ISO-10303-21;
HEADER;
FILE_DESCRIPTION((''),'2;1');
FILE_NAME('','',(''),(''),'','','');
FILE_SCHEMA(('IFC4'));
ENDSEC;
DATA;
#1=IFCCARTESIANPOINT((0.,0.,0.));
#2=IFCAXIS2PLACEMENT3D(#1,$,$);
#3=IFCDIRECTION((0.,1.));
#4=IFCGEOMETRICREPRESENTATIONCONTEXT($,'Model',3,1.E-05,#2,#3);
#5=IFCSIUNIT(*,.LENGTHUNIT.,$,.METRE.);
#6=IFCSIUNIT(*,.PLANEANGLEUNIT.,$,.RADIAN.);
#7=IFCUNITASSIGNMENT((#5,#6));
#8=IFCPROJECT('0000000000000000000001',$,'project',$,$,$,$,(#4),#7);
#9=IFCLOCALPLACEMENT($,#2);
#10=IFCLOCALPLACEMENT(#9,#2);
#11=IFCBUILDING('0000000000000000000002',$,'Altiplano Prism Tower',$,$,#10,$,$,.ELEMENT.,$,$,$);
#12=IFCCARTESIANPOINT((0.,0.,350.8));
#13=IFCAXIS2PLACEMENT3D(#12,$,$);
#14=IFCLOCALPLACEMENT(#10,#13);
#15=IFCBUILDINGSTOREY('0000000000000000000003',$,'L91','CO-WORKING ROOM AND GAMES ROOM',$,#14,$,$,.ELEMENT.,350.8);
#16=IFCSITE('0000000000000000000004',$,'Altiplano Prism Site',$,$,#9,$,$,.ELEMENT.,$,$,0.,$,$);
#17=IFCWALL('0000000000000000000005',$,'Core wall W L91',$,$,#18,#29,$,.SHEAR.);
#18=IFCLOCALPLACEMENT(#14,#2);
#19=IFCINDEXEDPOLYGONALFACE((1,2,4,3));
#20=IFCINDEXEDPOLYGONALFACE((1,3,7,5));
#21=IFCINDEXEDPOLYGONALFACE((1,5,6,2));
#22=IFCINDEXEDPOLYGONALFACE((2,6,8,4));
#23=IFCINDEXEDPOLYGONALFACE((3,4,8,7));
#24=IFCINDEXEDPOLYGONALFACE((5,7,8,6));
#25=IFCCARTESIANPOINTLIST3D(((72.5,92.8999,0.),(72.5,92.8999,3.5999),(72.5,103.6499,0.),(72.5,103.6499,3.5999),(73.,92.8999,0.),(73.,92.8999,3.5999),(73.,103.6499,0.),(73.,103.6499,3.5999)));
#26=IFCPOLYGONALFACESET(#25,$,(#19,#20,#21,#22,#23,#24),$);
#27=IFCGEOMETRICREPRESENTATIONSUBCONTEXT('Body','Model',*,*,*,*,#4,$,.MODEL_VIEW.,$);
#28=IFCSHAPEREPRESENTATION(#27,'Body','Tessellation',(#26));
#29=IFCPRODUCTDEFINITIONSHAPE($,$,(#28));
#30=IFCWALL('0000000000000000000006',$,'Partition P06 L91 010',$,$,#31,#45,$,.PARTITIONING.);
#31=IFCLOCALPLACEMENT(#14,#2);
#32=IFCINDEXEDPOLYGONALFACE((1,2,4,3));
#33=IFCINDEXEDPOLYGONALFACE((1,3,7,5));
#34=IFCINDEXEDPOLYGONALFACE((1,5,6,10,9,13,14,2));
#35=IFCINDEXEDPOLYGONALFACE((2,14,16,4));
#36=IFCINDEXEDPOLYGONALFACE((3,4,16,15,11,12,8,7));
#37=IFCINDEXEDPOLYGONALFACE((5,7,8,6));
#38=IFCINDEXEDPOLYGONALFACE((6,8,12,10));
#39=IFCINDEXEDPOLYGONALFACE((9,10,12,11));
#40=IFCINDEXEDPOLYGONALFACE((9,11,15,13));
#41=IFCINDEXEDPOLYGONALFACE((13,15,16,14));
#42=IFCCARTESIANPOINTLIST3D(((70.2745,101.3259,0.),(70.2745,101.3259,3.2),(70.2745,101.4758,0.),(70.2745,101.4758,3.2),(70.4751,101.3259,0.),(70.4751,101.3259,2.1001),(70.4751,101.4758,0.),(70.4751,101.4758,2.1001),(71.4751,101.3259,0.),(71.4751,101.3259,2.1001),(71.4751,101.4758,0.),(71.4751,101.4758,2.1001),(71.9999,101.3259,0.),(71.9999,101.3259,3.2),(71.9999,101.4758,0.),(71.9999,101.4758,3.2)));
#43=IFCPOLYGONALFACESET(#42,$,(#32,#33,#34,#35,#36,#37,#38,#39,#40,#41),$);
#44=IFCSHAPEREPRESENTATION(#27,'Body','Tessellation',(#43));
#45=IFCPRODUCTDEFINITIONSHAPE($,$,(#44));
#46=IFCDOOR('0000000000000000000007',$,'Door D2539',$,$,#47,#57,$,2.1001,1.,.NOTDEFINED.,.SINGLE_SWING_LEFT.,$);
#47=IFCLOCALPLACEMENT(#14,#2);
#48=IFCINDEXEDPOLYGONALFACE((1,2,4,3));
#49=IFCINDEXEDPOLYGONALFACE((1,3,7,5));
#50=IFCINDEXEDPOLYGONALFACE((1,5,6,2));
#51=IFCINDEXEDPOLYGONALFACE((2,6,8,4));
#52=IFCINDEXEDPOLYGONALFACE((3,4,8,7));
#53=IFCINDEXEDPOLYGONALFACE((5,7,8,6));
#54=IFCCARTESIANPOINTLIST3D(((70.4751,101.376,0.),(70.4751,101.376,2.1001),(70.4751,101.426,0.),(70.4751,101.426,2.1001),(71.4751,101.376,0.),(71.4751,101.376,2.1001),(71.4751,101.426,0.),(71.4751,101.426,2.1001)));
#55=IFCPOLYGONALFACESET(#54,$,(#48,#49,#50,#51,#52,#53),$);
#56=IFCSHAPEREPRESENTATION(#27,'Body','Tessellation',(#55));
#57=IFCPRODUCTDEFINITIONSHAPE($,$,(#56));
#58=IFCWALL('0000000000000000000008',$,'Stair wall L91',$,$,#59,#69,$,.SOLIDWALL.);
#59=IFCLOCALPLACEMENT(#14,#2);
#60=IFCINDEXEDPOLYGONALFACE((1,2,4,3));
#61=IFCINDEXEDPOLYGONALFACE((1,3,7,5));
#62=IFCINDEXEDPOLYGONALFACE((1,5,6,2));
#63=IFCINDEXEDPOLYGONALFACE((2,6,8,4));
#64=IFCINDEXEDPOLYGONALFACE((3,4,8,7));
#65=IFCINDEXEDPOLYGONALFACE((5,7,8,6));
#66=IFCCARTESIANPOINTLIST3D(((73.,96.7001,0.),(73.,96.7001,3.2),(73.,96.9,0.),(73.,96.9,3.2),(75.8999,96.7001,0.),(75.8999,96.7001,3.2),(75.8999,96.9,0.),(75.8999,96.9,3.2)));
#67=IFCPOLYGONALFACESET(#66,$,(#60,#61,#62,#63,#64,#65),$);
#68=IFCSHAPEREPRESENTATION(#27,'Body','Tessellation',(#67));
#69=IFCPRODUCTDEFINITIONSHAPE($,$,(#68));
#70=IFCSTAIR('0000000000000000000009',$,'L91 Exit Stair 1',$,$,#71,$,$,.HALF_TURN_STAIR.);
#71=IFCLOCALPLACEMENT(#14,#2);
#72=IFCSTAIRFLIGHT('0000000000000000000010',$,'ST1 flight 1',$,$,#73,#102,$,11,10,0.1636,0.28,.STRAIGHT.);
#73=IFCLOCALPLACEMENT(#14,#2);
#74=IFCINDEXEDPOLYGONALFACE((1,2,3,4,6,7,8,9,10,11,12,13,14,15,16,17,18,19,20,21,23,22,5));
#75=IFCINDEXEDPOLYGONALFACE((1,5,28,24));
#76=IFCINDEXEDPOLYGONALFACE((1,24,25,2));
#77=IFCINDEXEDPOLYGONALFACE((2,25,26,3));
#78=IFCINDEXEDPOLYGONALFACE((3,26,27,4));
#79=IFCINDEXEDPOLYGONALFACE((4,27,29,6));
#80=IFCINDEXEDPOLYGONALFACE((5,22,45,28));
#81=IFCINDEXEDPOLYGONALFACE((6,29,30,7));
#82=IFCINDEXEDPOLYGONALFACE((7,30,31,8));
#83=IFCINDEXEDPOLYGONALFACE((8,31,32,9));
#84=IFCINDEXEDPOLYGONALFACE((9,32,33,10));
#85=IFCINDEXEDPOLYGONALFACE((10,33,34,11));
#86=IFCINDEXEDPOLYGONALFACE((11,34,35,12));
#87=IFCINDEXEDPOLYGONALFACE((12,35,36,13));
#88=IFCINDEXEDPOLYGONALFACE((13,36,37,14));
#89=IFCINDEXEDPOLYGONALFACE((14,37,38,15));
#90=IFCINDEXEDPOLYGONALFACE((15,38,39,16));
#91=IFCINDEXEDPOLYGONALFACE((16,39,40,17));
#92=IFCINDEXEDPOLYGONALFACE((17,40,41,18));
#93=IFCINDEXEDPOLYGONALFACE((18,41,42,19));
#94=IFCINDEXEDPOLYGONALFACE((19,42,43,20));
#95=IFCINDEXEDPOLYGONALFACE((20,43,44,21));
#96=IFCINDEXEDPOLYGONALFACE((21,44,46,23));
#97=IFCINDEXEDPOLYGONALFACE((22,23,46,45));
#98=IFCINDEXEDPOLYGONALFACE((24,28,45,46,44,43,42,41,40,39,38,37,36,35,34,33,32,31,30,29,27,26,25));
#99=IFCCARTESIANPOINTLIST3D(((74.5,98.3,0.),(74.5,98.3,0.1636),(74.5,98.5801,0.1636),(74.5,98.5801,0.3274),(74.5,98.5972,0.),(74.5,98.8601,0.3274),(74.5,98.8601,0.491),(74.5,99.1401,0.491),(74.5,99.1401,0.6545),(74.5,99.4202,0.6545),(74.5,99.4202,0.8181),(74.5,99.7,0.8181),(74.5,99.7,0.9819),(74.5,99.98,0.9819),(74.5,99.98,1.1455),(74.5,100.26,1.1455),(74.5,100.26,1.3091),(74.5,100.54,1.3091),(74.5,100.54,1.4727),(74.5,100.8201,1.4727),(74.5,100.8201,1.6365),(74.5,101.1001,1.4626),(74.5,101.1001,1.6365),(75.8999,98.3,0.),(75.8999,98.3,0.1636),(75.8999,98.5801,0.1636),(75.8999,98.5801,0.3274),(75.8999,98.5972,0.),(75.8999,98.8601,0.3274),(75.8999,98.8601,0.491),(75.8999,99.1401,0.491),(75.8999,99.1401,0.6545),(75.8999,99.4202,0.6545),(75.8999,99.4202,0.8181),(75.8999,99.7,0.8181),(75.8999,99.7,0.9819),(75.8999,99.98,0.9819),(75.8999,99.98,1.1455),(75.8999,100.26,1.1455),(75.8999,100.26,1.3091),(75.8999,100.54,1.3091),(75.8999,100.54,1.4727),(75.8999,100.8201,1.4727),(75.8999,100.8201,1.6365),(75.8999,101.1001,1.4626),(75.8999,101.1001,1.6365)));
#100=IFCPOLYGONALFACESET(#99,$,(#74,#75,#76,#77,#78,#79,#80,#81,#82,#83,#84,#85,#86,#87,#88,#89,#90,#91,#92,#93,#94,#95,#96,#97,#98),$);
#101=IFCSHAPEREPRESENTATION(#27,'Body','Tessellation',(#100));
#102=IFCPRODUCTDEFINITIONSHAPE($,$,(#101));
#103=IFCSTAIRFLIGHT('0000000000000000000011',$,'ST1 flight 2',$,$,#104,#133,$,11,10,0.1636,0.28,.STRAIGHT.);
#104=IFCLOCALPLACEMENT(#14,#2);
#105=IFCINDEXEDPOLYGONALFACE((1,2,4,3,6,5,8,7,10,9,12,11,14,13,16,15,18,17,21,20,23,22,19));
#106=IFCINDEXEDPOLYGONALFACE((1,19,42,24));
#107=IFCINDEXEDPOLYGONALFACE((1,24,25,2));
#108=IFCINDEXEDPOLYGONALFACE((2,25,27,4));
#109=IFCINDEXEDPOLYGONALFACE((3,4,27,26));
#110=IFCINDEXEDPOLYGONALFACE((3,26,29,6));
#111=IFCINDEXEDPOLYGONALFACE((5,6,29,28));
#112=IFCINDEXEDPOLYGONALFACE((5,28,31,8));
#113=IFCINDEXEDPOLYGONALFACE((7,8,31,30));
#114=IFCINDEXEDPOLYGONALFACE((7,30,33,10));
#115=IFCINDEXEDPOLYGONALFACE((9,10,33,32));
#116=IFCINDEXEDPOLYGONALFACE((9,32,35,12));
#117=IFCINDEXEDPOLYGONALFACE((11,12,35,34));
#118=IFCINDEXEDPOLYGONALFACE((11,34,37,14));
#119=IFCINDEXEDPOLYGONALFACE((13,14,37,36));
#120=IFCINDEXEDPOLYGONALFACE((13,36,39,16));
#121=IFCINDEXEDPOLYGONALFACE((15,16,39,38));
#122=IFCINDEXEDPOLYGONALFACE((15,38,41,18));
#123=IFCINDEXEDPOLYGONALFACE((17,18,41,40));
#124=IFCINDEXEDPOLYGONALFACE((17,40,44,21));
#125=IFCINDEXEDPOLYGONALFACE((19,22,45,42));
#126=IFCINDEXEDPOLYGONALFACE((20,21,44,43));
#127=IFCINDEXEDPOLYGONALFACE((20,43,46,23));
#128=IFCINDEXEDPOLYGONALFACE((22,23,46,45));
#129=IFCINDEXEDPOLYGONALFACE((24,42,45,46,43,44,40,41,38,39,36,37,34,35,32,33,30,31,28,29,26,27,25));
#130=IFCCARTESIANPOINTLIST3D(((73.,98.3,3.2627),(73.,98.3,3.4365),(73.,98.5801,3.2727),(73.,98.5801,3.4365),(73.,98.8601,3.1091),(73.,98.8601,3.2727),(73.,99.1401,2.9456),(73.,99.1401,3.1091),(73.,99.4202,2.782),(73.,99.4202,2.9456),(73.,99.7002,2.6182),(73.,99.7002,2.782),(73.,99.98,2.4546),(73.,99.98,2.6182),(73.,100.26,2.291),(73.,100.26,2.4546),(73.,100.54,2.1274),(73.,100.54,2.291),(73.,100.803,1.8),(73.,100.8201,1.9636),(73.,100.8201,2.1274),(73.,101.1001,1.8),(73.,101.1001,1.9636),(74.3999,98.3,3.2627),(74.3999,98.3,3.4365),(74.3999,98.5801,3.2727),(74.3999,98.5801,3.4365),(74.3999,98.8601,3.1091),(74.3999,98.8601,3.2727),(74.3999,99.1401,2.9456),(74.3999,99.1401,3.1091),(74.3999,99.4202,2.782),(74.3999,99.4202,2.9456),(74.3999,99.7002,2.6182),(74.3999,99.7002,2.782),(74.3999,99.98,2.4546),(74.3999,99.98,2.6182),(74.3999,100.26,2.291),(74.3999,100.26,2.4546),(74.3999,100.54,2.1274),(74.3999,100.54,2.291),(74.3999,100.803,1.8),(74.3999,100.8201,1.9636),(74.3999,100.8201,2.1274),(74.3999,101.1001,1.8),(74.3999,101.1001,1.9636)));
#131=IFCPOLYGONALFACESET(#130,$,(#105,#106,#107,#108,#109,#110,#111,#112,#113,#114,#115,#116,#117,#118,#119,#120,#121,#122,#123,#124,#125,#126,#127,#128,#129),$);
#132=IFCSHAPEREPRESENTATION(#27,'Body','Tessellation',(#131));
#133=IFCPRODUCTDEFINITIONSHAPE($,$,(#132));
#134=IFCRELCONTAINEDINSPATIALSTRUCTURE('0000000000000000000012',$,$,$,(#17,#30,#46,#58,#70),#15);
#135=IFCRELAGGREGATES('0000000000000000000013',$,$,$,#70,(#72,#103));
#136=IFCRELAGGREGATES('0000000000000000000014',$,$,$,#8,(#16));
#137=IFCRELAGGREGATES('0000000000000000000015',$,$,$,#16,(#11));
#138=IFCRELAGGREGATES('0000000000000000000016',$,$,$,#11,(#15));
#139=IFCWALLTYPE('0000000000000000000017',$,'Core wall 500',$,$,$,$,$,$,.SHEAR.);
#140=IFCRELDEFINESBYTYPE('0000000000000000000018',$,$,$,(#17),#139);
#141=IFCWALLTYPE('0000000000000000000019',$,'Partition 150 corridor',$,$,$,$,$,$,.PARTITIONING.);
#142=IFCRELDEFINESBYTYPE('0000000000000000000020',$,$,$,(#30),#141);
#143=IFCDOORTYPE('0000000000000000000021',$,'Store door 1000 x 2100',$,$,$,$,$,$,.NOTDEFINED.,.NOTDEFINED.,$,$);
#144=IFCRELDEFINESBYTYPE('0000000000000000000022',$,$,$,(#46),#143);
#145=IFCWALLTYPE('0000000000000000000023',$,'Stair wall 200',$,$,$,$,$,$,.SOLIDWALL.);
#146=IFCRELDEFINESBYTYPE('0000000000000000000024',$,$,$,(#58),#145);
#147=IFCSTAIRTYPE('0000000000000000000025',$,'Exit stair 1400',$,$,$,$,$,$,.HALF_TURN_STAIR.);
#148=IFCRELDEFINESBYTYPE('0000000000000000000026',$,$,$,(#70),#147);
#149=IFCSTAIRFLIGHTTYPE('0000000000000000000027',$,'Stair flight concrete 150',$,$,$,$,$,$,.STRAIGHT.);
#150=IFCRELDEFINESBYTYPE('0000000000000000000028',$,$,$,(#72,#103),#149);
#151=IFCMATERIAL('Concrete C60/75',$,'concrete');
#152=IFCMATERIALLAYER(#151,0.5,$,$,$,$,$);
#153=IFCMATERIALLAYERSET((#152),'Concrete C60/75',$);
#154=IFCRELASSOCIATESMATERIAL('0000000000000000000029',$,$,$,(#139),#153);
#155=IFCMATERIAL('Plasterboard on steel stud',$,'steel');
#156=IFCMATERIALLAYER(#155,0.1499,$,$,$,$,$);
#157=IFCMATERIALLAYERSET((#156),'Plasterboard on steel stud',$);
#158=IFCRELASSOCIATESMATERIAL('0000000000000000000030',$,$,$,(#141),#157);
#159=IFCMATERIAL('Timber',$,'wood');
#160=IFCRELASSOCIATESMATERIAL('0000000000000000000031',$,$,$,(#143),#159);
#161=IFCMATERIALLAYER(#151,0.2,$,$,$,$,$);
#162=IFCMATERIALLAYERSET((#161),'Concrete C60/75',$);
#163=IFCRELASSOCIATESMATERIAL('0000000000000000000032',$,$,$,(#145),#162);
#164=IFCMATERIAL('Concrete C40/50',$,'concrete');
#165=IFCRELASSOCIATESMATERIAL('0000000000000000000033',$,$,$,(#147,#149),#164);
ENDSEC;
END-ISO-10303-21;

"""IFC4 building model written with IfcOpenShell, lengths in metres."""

from ifc_helpers import new_model, si_unit, direction, frame, frame_2d, origin, place, context, subcontext, project, spatial, polyline, rectangle, outline, extrude, material, layer, layer_set, type_object, element, fill, aggregate, save


model = new_model("IFC4")

# Units and contexts
model_context = context("Model", 3, precision=1e-05, world=origin(), true_north=direction((0.0, 1.0)))
body_context = subcontext(model_context, "Body", "Model", "MODEL_VIEW")
ifc_project = project(units=[si_unit("LENGTHUNIT", "METRE"), si_unit("PLANEANGLEUNIT", "RADIAN")], contexts=[model_context])

# Site, building, storey
site_placement = place(None, origin())
site = spatial("IfcSite", under=ifc_project, at=site_placement, Name="Altiplano Prism Site", CompositionType="ELEMENT", RefElevation=0.0)
building_placement = place(site_placement, origin())
building = spatial("IfcBuilding", under=site, at=building_placement, Name="Altiplano Prism Tower", CompositionType="ELEMENT")
storey_placement = place(building_placement, frame((0.0, 0.0, 350.8)))
storey = spatial("IfcBuildingStorey", under=building, at=storey_placement, Name="L91", Description="CO-WORKING ROOM AND GAMES ROOM", CompositionType="ELEMENT", Elevation=350.8)

# Wall
ifc_material_1 = material(Name="Concrete C60/75", Category="concrete")
ifc_layer_1 = layer(ifc_material_1, 0.5)
ifc_layer_set_1 = layer_set([ifc_layer_1], Name="Concrete C60/75")
wall_type_1 = type_object("IfcWallType", Name="Core wall 500", PredefinedType="SHEAR", material=ifc_layer_set_1)
wall_1_placement = place(storey_placement, frame((72.75, 103.6499, 0.0), z_axis=(0.0, 0.0, 1.0), x_axis=(0.0, -1.0, 0.0)))
element("IfcWall", 1, at=wall_1_placement, inside=storey, type_object=wall_type_1, Name="Core wall W L91", PredefinedType="SHEAR", context=body_context, shape_type="SweptSolid", body=[
    extrude(rectangle(XDim=10.75, YDim=0.5, at=frame_2d((5.375, 0.0))), origin(), (0.0, 0.0, 1.0), 3.5999),
])

# Wall, opening, door
ifc_material_2 = material(Name="Plasterboard on steel stud", Category="steel")
ifc_layer_2 = layer(ifc_material_2, 0.1499)
ifc_layer_set_2 = layer_set([ifc_layer_2], Name="Plasterboard on steel stud")
wall_type_2 = type_object("IfcWallType", Name="Partition 150 corridor", PredefinedType="PARTITIONING", material=ifc_layer_set_2)
wall_2_placement = place(storey_placement, frame((72.0, 101.4009, 0.0), z_axis=(0.0, 0.0, 1.0), x_axis=(-1.0, 0.0, 0.0)))
wall_2 = element("IfcWall", 2, at=wall_2_placement, inside=storey, type_object=wall_type_2, Name="Partition P06 L91 010", PredefinedType="PARTITIONING", context=body_context, shape_type="SweptSolid", body=[
    extrude(rectangle(XDim=1.7253, YDim=0.1499, at=frame_2d((0.8628, 0.0))), origin(), (0.0, 0.0, 1.0), 3.2),
])
opening_1_placement = place(wall_2_placement, frame((0.5249, 0.0, 0.0)))
opening_1 = element("IfcOpeningElement", 3, at=opening_1_placement, cuts=wall_2, PredefinedType="OPENING", context=body_context, shape_type="SweptSolid", body=[
    extrude(rectangle(XDim=1.0, YDim=2.1001, at=frame_2d((0.5, 1.05))), frame((0.0, 0.0854, 0.0), z_axis=(0.0, -1.0, 0.0), x_axis=(1.0, 0.0, 0.0)), (0.0, 0.0, 1.0), 0.1709),
])
ifc_material_3 = material(Name="Timber", Category="wood")
door_type_1 = type_object("IfcDoorType", Name="Store door 1000 x 2100", OperationType="NOTDEFINED", PredefinedType="NOTDEFINED", material=ifc_material_3)
door_1_placement = place(opening_1_placement, origin())
door_1 = element("IfcDoor", 4, at=door_1_placement, inside=storey, type_object=door_type_1, Name="Door D2539", OperationType="SINGLE_SWING_LEFT", OverallHeight=2.1001, OverallWidth=1.0, PredefinedType="NOTDEFINED", context=body_context, shape_type="SweptSolid", body=[
    extrude(rectangle(XDim=1.0, YDim=2.1001, at=frame_2d((0.5, 1.05))), frame((0.0, 0.0249, 0.0), z_axis=(0.0, -1.0, 0.0), x_axis=(1.0, 0.0, 0.0)), (0.0, 0.0, 1.0), 0.05),
])
fill(opening_1, door_1)

# Wall
ifc_layer_3 = layer(ifc_material_1, 0.2)
ifc_layer_set_3 = layer_set([ifc_layer_3], Name="Concrete C60/75")
wall_type_3 = type_object("IfcWallType", Name="Stair wall 200", PredefinedType="SOLIDWALL", material=ifc_layer_set_3)
wall_3_placement = place(storey_placement, frame((73.0, 96.8, 0.0), z_axis=(0.0, 0.0, 1.0), x_axis=(1.0, 0.0, 0.0)))
element("IfcWall", 5, at=wall_3_placement, inside=storey, type_object=wall_type_3, Name="Stair wall L91", PredefinedType="SOLIDWALL", context=body_context, shape_type="SweptSolid", body=[
    extrude(rectangle(XDim=2.8999, YDim=0.2, at=frame_2d((1.45, 0.0))), origin(), (0.0, 0.0, 1.0), 3.2),
])

# Stair, stair flights
ifc_material_4 = material(Name="Concrete C40/50", Category="concrete")
stair_type = type_object("IfcStairType", Name="Exit stair 1400", PredefinedType="HALF_TURN_STAIR", material=ifc_material_4)
stair_placement = place(storey_placement, origin())
stair = element("IfcStair", 6, at=stair_placement, inside=storey, type_object=stair_type, Name="L91 Exit Stair 1", PredefinedType="HALF_TURN_STAIR")
stair_flight_type = type_object("IfcStairFlightType", Name="Stair flight concrete 150", PredefinedType="STRAIGHT", material=ifc_material_4)
stair_flight_1_placement = place(storey_placement, frame((75.2, 98.3, 0.0), z_axis=(0.0, 0.0, 1.0), x_axis=(0.0, 1.0, 0.0)))
stair_flight_1 = element("IfcStairFlight", 7, at=stair_flight_1_placement, type_object=stair_flight_type, Name="ST1 flight 1", NumberOfRisers=11, NumberOfTreads=10, PredefinedType="STRAIGHT", RiserHeight=0.1636, TreadLength=0.28, context=body_context, shape_type="SweptSolid", body=[
    extrude(outline(polyline([(0.0, 0.0), (0.0, 0.1636), (0.28, 0.1636), (0.28, 0.3274), (0.5601, 0.3274), (0.5601, 0.491), (0.8401, 0.491), (0.8401, 0.6545), (1.1201, 0.6545), (1.1201, 0.8181), (1.3999, 0.8181), (1.3999, 0.9819), (1.6799, 0.9819), (1.6799, 1.1455), (1.96, 1.1455), (1.96, 1.3091), (2.24, 1.3091), (2.24, 1.4727), (2.52, 1.4727), (2.52, 1.6365), (2.8, 1.6365), (2.8, 1.8), (2.8, 1.4626), (0.2971, 0.0), (0.0, 0.0)])), frame((0.0, 0.7, 0.0), z_axis=(0.0, -1.0, 0.0), x_axis=(1.0, 0.0, 0.0)), (0.0, 0.0, 1.0), 1.3999),
])
stair_flight_2_placement = place(storey_placement, frame((73.7, 101.1001, 1.8), z_axis=(0.0, 0.0, 1.0), x_axis=(0.0, -1.0, 0.0)))
stair_flight_2 = element("IfcStairFlight", 8, at=stair_flight_2_placement, type_object=stair_flight_type, Name="ST1 flight 2", NumberOfRisers=11, NumberOfTreads=10, PredefinedType="STRAIGHT", RiserHeight=0.1636, TreadLength=0.28, context=body_context, shape_type="SweptSolid", body=[
    extrude(outline(polyline([(0.0, 0.0), (0.0, 0.1636), (0.28, 0.1636), (0.28, 0.3274), (0.5601, 0.3274), (0.5601, 0.491), (0.8401, 0.491), (0.8401, 0.6545), (1.1201, 0.6545), (1.1201, 0.8181), (1.3999, 0.8181), (1.3999, 0.9819), (1.6799, 0.9819), (1.6799, 1.1455), (1.96, 1.1455), (1.96, 1.3091), (2.24, 1.3091), (2.24, 1.4727), (2.52, 1.4727), (2.52, 1.6365), (2.8, 1.6365), (2.8, 1.8), (2.8, 1.4626), (0.2971, 0.0), (0.0, 0.0)])), frame((0.0, 0.7, 0.0), z_axis=(0.0, -1.0, 0.0), x_axis=(1.0, 0.0, 0.0)), (0.0, 0.0, 1.0), 1.3999),
])
aggregate(stair, [stair_flight_1, stair_flight_2])

save(model, "model.ifc")
